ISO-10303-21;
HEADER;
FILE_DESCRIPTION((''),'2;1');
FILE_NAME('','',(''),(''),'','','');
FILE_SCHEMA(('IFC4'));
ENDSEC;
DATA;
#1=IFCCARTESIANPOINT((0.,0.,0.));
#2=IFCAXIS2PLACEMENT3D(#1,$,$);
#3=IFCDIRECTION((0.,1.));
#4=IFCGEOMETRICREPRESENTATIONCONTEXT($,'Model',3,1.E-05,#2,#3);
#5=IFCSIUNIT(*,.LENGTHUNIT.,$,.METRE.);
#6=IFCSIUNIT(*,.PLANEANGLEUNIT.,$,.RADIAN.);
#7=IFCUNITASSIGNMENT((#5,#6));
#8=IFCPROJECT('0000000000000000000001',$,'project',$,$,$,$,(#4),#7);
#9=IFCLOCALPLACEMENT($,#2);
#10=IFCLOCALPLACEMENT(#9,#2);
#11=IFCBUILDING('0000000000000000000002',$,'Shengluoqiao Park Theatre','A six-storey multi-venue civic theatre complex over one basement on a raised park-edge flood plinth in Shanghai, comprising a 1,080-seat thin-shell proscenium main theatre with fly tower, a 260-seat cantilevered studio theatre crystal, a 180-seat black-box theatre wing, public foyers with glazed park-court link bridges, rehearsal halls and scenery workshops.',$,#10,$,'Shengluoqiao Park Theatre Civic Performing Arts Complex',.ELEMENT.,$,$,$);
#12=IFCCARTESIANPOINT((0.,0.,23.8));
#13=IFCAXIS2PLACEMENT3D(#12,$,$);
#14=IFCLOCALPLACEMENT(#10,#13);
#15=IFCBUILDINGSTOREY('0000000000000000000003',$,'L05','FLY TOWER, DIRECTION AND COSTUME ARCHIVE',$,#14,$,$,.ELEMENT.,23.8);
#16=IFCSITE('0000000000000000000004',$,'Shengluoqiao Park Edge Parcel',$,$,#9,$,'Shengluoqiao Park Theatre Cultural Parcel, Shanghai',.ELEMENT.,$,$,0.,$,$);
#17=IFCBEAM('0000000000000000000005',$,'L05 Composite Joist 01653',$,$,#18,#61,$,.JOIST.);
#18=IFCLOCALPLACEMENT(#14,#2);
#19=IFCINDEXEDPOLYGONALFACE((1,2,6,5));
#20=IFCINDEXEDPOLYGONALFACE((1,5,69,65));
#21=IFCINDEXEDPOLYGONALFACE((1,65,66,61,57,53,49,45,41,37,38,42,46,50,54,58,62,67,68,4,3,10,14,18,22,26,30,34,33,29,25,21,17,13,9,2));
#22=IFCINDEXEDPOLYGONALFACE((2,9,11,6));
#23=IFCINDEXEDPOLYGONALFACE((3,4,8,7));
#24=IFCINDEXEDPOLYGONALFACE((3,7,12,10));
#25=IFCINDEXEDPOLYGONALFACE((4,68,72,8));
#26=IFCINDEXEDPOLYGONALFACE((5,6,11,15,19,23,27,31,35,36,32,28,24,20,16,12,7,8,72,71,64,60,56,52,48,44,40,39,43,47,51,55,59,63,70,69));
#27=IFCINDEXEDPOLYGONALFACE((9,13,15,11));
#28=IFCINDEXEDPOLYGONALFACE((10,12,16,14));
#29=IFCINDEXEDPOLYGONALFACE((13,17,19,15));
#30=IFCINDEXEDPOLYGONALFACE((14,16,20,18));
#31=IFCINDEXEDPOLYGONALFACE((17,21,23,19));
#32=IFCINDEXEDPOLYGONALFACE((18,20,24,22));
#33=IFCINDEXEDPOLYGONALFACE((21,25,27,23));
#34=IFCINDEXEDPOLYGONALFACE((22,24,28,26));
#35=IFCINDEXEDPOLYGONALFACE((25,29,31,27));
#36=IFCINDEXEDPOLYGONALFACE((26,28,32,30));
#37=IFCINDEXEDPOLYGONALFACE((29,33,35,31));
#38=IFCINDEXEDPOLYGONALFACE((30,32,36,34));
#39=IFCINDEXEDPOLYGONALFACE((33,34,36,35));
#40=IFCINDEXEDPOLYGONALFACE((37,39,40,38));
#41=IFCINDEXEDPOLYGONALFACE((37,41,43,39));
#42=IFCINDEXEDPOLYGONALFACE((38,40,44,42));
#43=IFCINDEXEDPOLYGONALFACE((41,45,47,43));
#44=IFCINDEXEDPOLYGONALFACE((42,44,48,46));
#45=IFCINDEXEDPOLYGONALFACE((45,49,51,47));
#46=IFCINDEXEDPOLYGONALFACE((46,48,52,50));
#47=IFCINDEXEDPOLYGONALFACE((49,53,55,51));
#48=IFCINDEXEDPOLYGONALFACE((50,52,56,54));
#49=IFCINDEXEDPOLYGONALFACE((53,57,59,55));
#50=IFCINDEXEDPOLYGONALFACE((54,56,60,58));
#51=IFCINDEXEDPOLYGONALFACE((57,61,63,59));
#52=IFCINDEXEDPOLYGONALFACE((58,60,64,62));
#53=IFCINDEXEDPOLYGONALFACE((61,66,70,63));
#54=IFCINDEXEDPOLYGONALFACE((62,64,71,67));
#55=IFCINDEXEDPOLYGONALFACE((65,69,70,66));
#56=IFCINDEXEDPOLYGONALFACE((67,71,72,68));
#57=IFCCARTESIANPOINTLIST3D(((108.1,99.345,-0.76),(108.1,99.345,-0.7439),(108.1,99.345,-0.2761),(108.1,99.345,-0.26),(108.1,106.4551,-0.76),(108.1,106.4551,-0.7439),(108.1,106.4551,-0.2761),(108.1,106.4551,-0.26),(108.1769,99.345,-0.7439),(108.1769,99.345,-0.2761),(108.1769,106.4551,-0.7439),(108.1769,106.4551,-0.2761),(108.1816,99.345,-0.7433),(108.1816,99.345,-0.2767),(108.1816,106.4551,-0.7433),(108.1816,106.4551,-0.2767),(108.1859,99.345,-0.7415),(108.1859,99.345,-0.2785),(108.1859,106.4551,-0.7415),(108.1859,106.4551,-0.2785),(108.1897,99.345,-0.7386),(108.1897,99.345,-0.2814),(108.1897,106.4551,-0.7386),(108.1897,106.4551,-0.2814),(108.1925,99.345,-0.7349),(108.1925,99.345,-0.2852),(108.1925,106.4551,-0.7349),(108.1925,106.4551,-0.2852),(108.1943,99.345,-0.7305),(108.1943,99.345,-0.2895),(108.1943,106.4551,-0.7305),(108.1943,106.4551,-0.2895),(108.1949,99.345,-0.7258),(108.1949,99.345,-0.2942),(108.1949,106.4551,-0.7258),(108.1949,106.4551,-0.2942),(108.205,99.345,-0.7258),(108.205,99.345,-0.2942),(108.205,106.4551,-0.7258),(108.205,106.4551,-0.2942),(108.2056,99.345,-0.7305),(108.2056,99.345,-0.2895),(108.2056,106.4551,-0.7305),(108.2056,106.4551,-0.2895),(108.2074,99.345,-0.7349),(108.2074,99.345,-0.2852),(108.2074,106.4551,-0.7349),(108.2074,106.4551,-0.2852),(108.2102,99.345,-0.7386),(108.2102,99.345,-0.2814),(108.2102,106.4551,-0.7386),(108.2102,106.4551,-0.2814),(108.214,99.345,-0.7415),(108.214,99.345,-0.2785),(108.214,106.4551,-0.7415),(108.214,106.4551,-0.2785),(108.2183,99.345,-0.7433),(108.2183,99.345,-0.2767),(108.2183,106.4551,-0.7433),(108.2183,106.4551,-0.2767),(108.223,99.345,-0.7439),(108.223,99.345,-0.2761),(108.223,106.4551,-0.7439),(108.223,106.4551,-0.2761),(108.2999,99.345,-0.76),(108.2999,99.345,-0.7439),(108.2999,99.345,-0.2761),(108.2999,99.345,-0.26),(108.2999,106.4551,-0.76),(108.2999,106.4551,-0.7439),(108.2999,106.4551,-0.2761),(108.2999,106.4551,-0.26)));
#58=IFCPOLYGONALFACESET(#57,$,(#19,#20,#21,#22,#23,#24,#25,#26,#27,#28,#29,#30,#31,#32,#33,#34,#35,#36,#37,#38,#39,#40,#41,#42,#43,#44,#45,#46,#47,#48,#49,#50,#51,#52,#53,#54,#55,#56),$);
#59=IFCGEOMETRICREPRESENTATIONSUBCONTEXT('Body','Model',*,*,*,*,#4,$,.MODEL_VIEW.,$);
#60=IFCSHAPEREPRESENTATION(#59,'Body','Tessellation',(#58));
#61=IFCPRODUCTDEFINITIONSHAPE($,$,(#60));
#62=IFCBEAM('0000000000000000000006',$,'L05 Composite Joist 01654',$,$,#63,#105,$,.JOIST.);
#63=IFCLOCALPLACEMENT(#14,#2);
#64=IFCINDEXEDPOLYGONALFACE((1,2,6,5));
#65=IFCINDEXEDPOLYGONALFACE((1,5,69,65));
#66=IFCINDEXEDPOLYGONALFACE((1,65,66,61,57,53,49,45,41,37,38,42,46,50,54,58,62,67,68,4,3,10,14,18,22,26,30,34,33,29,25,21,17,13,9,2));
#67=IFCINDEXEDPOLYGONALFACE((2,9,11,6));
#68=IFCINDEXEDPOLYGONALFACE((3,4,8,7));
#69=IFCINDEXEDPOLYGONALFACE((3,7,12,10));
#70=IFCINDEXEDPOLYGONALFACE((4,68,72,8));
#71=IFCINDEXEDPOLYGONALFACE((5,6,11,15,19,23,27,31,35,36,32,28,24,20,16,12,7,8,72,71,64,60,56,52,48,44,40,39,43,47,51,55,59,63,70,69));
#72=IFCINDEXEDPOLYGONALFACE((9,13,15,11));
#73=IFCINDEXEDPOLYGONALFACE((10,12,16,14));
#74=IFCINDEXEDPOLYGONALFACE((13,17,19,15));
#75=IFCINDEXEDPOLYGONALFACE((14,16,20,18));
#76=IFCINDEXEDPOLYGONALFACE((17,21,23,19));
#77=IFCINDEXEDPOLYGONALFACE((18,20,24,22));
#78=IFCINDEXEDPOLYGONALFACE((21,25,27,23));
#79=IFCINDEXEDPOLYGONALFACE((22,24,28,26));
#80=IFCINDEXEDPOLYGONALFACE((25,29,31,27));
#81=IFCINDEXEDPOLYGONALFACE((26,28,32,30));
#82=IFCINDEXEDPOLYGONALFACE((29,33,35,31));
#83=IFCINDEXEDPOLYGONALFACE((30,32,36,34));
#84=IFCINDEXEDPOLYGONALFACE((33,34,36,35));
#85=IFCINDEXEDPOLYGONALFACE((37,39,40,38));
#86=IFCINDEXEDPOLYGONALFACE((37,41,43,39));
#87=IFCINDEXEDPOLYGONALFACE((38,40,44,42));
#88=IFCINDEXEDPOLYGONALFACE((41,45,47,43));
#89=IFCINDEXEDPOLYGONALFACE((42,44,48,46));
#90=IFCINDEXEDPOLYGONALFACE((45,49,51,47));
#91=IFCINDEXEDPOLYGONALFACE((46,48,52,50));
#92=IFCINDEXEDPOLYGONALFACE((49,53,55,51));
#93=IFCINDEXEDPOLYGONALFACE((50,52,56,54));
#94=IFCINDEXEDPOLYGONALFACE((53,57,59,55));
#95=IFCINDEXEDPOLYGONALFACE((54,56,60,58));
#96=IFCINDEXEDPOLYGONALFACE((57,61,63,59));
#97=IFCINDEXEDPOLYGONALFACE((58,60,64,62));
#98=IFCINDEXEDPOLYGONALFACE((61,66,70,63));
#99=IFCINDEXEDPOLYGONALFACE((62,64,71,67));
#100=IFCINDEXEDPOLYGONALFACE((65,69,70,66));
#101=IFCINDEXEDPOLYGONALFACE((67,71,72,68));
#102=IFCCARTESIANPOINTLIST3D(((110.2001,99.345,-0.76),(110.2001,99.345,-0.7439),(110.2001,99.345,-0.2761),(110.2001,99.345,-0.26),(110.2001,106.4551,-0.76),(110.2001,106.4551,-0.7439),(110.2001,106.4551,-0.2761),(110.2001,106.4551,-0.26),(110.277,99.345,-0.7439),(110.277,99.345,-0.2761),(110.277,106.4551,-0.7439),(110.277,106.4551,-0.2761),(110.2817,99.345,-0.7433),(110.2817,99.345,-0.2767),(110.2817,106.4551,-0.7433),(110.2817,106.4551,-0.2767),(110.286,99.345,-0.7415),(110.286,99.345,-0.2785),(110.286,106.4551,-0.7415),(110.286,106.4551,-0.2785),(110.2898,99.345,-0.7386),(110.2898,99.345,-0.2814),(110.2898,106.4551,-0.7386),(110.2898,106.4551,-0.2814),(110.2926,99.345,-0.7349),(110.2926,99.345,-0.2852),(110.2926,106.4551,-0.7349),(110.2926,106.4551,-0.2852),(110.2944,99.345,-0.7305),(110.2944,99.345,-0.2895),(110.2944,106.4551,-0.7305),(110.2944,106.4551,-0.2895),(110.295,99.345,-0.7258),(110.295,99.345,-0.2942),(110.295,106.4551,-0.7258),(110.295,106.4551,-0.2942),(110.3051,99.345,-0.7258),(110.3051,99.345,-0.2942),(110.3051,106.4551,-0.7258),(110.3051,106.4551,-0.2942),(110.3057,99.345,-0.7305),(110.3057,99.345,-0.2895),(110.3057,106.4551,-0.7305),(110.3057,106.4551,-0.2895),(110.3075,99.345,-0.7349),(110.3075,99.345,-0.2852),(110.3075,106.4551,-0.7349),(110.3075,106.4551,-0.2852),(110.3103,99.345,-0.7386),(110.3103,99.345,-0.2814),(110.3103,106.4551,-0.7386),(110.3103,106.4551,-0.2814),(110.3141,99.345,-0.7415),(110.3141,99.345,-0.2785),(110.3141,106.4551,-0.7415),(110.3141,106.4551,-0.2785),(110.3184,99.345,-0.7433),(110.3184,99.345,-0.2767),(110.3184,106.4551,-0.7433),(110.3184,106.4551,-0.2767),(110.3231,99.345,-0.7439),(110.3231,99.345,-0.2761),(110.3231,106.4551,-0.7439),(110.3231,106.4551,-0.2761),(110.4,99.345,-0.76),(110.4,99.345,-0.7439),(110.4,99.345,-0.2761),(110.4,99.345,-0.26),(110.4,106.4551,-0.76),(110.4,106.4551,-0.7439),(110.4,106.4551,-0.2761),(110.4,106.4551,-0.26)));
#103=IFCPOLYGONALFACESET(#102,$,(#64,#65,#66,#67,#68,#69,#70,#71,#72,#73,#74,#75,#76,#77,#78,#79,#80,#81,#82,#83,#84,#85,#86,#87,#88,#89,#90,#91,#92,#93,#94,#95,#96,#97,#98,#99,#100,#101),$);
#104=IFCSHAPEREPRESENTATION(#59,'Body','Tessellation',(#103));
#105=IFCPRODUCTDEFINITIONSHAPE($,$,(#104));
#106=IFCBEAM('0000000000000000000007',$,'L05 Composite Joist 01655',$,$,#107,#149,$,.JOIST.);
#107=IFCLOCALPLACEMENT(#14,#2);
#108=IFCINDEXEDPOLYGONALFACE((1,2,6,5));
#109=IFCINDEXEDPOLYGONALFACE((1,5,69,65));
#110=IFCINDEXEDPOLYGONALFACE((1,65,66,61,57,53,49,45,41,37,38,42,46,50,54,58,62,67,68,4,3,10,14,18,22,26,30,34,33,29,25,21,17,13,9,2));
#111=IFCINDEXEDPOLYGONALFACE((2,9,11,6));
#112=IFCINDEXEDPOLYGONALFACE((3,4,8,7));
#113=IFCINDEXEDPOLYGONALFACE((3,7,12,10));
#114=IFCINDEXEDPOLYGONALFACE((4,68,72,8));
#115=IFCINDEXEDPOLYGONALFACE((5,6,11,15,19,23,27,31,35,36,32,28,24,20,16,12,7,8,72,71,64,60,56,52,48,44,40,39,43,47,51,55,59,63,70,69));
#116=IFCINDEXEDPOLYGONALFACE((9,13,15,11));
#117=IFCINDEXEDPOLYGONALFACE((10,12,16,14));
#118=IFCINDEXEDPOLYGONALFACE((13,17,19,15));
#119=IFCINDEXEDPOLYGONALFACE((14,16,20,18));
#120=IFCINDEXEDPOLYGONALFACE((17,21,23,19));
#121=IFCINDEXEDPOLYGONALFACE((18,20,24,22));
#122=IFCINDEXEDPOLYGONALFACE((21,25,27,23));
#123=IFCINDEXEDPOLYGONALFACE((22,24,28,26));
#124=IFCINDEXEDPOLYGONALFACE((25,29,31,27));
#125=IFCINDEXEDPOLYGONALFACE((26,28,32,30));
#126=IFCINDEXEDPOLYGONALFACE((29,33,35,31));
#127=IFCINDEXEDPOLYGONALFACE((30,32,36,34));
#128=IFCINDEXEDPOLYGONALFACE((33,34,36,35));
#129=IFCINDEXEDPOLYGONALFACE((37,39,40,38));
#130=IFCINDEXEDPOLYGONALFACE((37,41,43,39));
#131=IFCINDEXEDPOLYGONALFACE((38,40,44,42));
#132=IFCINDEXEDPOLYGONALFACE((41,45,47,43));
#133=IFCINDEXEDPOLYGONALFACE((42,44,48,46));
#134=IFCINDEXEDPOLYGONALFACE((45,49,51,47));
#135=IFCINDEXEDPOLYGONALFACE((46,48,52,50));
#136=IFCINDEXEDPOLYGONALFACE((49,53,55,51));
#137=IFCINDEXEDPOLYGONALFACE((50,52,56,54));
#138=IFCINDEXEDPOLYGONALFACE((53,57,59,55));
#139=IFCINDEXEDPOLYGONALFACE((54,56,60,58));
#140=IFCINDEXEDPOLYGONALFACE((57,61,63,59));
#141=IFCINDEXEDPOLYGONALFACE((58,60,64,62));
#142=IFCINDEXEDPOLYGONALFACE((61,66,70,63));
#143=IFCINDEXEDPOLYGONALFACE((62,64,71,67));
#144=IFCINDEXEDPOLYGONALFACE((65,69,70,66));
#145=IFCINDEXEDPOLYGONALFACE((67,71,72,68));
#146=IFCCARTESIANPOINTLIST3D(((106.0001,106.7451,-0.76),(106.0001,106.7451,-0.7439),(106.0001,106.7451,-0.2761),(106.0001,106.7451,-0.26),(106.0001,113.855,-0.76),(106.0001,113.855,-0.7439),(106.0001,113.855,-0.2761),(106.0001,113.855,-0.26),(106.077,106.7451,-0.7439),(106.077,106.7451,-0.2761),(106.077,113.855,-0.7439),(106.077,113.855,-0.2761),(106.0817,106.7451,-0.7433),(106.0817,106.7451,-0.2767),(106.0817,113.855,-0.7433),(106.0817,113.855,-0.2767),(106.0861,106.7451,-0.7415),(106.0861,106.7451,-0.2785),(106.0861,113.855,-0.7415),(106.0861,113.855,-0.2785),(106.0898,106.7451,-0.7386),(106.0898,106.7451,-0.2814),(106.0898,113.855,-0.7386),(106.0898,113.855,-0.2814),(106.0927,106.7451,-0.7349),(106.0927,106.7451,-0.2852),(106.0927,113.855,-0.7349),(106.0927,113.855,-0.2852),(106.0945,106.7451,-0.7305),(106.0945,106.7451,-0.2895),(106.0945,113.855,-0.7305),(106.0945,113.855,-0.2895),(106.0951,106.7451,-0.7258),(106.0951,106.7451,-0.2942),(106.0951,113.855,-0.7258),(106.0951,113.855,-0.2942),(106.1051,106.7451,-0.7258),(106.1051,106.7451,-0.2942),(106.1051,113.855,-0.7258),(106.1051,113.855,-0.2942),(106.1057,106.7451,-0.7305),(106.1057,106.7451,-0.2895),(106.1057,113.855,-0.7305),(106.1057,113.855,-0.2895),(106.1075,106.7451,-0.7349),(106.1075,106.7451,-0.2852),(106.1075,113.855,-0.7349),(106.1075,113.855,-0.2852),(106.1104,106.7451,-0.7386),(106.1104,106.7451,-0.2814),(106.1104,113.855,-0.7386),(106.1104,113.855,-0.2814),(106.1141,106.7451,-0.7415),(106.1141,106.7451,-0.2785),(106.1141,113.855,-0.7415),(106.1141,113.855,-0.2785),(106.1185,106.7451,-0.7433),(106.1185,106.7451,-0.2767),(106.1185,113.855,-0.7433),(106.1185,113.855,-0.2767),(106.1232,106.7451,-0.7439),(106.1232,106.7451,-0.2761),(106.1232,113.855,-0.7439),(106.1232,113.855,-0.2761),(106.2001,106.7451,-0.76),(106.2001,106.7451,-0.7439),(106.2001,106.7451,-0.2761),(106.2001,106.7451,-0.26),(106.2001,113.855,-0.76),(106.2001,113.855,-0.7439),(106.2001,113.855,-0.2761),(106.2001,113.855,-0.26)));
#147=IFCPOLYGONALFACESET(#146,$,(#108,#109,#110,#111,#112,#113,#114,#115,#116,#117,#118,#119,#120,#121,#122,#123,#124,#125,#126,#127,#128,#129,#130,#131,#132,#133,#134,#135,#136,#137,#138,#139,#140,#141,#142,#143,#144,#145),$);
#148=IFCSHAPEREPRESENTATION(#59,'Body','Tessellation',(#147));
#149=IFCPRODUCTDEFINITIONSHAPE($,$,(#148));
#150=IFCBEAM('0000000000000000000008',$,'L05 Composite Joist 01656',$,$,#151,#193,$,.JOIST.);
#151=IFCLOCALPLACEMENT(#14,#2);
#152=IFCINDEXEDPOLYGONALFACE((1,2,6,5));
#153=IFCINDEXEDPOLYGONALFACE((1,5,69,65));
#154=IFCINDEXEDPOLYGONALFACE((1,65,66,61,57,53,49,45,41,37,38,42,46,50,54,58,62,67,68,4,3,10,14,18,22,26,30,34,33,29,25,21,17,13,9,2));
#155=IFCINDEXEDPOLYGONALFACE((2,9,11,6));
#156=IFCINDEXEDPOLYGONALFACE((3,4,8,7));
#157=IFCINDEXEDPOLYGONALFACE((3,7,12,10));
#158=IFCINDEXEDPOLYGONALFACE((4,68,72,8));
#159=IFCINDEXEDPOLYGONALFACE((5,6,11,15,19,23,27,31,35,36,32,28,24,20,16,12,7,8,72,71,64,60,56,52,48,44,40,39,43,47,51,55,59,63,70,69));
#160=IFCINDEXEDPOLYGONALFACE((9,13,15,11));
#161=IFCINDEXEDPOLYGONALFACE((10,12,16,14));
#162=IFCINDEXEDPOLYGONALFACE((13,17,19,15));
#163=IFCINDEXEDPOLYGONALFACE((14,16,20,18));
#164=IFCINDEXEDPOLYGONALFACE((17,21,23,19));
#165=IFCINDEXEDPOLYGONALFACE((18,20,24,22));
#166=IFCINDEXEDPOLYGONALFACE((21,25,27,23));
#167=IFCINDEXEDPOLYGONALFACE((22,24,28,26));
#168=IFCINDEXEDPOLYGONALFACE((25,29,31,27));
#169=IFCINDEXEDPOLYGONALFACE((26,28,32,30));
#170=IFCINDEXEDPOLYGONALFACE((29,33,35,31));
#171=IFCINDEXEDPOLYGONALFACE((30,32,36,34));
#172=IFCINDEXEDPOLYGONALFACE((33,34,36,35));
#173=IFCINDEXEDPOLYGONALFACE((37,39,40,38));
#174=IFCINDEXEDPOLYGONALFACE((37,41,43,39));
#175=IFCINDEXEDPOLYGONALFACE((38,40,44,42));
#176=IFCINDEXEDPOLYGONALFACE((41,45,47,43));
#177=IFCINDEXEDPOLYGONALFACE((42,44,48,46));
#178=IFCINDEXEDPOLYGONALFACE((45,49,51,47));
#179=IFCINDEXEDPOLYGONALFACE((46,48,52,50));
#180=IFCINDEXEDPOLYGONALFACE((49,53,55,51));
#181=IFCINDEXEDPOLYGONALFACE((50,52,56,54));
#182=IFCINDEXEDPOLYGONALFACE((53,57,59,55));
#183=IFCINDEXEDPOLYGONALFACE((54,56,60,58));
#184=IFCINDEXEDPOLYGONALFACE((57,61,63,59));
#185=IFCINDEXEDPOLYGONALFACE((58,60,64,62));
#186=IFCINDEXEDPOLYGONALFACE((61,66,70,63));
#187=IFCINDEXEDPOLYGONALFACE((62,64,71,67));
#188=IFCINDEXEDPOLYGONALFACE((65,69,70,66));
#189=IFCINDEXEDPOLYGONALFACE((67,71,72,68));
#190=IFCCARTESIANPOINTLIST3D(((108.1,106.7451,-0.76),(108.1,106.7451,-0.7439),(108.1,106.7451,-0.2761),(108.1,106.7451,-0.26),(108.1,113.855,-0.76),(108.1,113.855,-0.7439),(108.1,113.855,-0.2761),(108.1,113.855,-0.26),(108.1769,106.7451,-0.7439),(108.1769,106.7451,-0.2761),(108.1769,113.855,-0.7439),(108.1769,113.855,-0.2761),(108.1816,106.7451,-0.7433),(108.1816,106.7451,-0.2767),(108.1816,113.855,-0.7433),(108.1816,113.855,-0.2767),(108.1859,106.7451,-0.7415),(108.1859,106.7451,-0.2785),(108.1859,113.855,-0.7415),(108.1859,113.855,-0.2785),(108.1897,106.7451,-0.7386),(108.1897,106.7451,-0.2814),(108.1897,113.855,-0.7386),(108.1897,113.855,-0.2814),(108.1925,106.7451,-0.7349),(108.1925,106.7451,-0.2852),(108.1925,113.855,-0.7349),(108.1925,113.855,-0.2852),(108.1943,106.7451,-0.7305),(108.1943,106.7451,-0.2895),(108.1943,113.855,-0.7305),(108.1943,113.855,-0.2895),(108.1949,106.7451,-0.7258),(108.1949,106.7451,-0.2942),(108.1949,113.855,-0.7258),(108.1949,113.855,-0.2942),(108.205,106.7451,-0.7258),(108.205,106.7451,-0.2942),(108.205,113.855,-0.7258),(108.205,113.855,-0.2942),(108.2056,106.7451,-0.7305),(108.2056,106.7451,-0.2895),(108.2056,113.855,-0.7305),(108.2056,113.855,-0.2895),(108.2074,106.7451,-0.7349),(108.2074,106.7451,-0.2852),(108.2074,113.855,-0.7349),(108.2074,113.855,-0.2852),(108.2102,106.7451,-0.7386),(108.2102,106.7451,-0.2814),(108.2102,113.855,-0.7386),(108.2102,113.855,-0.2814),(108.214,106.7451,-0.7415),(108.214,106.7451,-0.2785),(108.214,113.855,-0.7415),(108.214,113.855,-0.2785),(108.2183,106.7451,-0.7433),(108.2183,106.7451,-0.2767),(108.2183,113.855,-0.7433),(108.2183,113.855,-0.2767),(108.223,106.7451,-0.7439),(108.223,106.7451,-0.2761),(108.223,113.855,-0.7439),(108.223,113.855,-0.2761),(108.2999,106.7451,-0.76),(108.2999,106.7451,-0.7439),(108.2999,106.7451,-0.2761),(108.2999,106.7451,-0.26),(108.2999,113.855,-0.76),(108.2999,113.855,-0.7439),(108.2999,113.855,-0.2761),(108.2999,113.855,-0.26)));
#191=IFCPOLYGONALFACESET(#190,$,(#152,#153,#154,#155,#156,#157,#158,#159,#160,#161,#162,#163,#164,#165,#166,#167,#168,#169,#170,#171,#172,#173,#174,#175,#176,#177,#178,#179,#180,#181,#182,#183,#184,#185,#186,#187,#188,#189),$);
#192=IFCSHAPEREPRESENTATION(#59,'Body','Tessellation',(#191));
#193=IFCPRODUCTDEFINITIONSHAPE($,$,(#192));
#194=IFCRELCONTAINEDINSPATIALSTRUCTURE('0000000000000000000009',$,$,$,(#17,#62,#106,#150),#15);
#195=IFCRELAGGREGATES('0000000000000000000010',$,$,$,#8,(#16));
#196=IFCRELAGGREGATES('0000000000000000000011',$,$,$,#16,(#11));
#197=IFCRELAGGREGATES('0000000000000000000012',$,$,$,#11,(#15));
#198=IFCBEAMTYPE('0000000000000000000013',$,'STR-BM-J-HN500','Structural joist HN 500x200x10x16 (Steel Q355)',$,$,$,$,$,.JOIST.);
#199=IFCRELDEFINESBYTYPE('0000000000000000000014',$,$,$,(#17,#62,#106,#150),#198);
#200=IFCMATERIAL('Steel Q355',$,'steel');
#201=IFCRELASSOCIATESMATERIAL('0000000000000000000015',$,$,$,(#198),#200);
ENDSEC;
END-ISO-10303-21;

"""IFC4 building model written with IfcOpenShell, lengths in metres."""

from ifc_helpers import new_model, si_unit, direction, frame, origin, origin_2d, place, context, subcontext, project, spatial, i_section, extrude, material, material_profile, profile_set, type_object, element, save


model = new_model("IFC4")

# Units and contexts
model_context = context("Model", 3, precision=1e-05, world=origin(), true_north=direction((0.0, 1.0)))
body_context = subcontext(model_context, "Body", "Model", "MODEL_VIEW")
ifc_project = project(units=[si_unit("LENGTHUNIT", "METRE"), si_unit("PLANEANGLEUNIT", "RADIAN")], contexts=[model_context])

# Site, building, storey
site_placement = place(None, origin())
site = spatial("IfcSite", under=ifc_project, at=site_placement, Name="Shengluoqiao Park Edge Parcel", LongName="Shengluoqiao Park Theatre Cultural Parcel, Shanghai", CompositionType="ELEMENT", RefElevation=0.0)
building_placement = place(site_placement, origin())
building = spatial("IfcBuilding", under=site, at=building_placement, Name="Shengluoqiao Park Theatre", Description="A six-storey multi-venue civic theatre complex over one basement on a raised park-edge flood plinth in Shanghai, comprising a 1,080-seat thin-shell proscenium main theatre with fly tower, a 260-seat cantilevered studio theatre crystal, a 180-seat black-box theatre wing, public foyers with glazed park-court link bridges, rehearsal halls and scenery workshops.", LongName="Shengluoqiao Park Theatre Civic Performing Arts Complex", CompositionType="ELEMENT")
storey_placement = place(building_placement, frame((0.0, 0.0, 23.8)))
storey = spatial("IfcBuildingStorey", under=building, at=storey_placement, Name="L05", Description="FLY TOWER, DIRECTION AND COSTUME ARCHIVE", CompositionType="ELEMENT", Elevation=23.8)

# Beams
ifc_material_1 = material(Name="Steel Q355", Category="steel")
ifc_material_profile_1 = material_profile(ifc_material_1, i_section(OverallWidth=0.2, OverallDepth=0.5, WebThickness=0.01, FlangeThickness=0.0161, FilletRadius=0.0181, at=origin_2d()), Name="HN 500x200x10x16")
ifc_profile_set_1 = profile_set([ifc_material_profile_1], Name="Steel Q355")
beam_type_1 = type_object("IfcBeamType", Name="STR-BM-J-HN500", Description="Structural joist HN 500x200x10x16 (Steel Q355)", PredefinedType="JOIST", material=ifc_profile_set_1)
for number, where, z_axis, x_axis, name in (
    (1, (108.2, 99.345, -0.51), (0.0, 1.0, 0.0), (-1.0, 0.0, 0.0), "L05 Composite Joist 01653"),
    (2, (110.3, 99.345, -0.51), (0.0, 1.0, 0.0), (-1.0, 0.0, 0.0), "L05 Composite Joist 01654"),
):
    element("IfcBeam", number, at=place(storey_placement, frame(where, z_axis=z_axis, x_axis=x_axis)), inside=storey, type_object=beam_type_1, Name=name, PredefinedType="JOIST", context=body_context, shape_type="SweptSolid", body=[
        extrude(i_section(OverallWidth=0.2, OverallDepth=0.5, WebThickness=0.01, FlangeThickness=0.0161, FilletRadius=0.0181, at=origin_2d()), origin(), (0.0, 0.0, 1.0), 7.1101),
    ])
for number, where, z_axis, x_axis, name in (
    (3, (106.1001, 106.7451, -0.51), (0.0, 1.0, 0.0), (-1.0, 0.0, 0.0), "L05 Composite Joist 01655"),
    (4, (108.2, 106.7451, -0.51), (0.0, 1.0, 0.0), (-1.0, 0.0, 0.0), "L05 Composite Joist 01656"),
):
    element("IfcBeam", number, at=place(storey_placement, frame(where, z_axis=z_axis, x_axis=x_axis)), inside=storey, type_object=beam_type_1, Name=name, PredefinedType="JOIST", context=body_context, shape_type="SweptSolid", body=[
        extrude(i_section(OverallWidth=0.2, OverallDepth=0.5, WebThickness=0.01, FlangeThickness=0.0161, FilletRadius=0.0181, at=origin_2d()), origin(), (0.0, 0.0, 1.0), 7.1099),
    ])

save(model, "model.ifc")
